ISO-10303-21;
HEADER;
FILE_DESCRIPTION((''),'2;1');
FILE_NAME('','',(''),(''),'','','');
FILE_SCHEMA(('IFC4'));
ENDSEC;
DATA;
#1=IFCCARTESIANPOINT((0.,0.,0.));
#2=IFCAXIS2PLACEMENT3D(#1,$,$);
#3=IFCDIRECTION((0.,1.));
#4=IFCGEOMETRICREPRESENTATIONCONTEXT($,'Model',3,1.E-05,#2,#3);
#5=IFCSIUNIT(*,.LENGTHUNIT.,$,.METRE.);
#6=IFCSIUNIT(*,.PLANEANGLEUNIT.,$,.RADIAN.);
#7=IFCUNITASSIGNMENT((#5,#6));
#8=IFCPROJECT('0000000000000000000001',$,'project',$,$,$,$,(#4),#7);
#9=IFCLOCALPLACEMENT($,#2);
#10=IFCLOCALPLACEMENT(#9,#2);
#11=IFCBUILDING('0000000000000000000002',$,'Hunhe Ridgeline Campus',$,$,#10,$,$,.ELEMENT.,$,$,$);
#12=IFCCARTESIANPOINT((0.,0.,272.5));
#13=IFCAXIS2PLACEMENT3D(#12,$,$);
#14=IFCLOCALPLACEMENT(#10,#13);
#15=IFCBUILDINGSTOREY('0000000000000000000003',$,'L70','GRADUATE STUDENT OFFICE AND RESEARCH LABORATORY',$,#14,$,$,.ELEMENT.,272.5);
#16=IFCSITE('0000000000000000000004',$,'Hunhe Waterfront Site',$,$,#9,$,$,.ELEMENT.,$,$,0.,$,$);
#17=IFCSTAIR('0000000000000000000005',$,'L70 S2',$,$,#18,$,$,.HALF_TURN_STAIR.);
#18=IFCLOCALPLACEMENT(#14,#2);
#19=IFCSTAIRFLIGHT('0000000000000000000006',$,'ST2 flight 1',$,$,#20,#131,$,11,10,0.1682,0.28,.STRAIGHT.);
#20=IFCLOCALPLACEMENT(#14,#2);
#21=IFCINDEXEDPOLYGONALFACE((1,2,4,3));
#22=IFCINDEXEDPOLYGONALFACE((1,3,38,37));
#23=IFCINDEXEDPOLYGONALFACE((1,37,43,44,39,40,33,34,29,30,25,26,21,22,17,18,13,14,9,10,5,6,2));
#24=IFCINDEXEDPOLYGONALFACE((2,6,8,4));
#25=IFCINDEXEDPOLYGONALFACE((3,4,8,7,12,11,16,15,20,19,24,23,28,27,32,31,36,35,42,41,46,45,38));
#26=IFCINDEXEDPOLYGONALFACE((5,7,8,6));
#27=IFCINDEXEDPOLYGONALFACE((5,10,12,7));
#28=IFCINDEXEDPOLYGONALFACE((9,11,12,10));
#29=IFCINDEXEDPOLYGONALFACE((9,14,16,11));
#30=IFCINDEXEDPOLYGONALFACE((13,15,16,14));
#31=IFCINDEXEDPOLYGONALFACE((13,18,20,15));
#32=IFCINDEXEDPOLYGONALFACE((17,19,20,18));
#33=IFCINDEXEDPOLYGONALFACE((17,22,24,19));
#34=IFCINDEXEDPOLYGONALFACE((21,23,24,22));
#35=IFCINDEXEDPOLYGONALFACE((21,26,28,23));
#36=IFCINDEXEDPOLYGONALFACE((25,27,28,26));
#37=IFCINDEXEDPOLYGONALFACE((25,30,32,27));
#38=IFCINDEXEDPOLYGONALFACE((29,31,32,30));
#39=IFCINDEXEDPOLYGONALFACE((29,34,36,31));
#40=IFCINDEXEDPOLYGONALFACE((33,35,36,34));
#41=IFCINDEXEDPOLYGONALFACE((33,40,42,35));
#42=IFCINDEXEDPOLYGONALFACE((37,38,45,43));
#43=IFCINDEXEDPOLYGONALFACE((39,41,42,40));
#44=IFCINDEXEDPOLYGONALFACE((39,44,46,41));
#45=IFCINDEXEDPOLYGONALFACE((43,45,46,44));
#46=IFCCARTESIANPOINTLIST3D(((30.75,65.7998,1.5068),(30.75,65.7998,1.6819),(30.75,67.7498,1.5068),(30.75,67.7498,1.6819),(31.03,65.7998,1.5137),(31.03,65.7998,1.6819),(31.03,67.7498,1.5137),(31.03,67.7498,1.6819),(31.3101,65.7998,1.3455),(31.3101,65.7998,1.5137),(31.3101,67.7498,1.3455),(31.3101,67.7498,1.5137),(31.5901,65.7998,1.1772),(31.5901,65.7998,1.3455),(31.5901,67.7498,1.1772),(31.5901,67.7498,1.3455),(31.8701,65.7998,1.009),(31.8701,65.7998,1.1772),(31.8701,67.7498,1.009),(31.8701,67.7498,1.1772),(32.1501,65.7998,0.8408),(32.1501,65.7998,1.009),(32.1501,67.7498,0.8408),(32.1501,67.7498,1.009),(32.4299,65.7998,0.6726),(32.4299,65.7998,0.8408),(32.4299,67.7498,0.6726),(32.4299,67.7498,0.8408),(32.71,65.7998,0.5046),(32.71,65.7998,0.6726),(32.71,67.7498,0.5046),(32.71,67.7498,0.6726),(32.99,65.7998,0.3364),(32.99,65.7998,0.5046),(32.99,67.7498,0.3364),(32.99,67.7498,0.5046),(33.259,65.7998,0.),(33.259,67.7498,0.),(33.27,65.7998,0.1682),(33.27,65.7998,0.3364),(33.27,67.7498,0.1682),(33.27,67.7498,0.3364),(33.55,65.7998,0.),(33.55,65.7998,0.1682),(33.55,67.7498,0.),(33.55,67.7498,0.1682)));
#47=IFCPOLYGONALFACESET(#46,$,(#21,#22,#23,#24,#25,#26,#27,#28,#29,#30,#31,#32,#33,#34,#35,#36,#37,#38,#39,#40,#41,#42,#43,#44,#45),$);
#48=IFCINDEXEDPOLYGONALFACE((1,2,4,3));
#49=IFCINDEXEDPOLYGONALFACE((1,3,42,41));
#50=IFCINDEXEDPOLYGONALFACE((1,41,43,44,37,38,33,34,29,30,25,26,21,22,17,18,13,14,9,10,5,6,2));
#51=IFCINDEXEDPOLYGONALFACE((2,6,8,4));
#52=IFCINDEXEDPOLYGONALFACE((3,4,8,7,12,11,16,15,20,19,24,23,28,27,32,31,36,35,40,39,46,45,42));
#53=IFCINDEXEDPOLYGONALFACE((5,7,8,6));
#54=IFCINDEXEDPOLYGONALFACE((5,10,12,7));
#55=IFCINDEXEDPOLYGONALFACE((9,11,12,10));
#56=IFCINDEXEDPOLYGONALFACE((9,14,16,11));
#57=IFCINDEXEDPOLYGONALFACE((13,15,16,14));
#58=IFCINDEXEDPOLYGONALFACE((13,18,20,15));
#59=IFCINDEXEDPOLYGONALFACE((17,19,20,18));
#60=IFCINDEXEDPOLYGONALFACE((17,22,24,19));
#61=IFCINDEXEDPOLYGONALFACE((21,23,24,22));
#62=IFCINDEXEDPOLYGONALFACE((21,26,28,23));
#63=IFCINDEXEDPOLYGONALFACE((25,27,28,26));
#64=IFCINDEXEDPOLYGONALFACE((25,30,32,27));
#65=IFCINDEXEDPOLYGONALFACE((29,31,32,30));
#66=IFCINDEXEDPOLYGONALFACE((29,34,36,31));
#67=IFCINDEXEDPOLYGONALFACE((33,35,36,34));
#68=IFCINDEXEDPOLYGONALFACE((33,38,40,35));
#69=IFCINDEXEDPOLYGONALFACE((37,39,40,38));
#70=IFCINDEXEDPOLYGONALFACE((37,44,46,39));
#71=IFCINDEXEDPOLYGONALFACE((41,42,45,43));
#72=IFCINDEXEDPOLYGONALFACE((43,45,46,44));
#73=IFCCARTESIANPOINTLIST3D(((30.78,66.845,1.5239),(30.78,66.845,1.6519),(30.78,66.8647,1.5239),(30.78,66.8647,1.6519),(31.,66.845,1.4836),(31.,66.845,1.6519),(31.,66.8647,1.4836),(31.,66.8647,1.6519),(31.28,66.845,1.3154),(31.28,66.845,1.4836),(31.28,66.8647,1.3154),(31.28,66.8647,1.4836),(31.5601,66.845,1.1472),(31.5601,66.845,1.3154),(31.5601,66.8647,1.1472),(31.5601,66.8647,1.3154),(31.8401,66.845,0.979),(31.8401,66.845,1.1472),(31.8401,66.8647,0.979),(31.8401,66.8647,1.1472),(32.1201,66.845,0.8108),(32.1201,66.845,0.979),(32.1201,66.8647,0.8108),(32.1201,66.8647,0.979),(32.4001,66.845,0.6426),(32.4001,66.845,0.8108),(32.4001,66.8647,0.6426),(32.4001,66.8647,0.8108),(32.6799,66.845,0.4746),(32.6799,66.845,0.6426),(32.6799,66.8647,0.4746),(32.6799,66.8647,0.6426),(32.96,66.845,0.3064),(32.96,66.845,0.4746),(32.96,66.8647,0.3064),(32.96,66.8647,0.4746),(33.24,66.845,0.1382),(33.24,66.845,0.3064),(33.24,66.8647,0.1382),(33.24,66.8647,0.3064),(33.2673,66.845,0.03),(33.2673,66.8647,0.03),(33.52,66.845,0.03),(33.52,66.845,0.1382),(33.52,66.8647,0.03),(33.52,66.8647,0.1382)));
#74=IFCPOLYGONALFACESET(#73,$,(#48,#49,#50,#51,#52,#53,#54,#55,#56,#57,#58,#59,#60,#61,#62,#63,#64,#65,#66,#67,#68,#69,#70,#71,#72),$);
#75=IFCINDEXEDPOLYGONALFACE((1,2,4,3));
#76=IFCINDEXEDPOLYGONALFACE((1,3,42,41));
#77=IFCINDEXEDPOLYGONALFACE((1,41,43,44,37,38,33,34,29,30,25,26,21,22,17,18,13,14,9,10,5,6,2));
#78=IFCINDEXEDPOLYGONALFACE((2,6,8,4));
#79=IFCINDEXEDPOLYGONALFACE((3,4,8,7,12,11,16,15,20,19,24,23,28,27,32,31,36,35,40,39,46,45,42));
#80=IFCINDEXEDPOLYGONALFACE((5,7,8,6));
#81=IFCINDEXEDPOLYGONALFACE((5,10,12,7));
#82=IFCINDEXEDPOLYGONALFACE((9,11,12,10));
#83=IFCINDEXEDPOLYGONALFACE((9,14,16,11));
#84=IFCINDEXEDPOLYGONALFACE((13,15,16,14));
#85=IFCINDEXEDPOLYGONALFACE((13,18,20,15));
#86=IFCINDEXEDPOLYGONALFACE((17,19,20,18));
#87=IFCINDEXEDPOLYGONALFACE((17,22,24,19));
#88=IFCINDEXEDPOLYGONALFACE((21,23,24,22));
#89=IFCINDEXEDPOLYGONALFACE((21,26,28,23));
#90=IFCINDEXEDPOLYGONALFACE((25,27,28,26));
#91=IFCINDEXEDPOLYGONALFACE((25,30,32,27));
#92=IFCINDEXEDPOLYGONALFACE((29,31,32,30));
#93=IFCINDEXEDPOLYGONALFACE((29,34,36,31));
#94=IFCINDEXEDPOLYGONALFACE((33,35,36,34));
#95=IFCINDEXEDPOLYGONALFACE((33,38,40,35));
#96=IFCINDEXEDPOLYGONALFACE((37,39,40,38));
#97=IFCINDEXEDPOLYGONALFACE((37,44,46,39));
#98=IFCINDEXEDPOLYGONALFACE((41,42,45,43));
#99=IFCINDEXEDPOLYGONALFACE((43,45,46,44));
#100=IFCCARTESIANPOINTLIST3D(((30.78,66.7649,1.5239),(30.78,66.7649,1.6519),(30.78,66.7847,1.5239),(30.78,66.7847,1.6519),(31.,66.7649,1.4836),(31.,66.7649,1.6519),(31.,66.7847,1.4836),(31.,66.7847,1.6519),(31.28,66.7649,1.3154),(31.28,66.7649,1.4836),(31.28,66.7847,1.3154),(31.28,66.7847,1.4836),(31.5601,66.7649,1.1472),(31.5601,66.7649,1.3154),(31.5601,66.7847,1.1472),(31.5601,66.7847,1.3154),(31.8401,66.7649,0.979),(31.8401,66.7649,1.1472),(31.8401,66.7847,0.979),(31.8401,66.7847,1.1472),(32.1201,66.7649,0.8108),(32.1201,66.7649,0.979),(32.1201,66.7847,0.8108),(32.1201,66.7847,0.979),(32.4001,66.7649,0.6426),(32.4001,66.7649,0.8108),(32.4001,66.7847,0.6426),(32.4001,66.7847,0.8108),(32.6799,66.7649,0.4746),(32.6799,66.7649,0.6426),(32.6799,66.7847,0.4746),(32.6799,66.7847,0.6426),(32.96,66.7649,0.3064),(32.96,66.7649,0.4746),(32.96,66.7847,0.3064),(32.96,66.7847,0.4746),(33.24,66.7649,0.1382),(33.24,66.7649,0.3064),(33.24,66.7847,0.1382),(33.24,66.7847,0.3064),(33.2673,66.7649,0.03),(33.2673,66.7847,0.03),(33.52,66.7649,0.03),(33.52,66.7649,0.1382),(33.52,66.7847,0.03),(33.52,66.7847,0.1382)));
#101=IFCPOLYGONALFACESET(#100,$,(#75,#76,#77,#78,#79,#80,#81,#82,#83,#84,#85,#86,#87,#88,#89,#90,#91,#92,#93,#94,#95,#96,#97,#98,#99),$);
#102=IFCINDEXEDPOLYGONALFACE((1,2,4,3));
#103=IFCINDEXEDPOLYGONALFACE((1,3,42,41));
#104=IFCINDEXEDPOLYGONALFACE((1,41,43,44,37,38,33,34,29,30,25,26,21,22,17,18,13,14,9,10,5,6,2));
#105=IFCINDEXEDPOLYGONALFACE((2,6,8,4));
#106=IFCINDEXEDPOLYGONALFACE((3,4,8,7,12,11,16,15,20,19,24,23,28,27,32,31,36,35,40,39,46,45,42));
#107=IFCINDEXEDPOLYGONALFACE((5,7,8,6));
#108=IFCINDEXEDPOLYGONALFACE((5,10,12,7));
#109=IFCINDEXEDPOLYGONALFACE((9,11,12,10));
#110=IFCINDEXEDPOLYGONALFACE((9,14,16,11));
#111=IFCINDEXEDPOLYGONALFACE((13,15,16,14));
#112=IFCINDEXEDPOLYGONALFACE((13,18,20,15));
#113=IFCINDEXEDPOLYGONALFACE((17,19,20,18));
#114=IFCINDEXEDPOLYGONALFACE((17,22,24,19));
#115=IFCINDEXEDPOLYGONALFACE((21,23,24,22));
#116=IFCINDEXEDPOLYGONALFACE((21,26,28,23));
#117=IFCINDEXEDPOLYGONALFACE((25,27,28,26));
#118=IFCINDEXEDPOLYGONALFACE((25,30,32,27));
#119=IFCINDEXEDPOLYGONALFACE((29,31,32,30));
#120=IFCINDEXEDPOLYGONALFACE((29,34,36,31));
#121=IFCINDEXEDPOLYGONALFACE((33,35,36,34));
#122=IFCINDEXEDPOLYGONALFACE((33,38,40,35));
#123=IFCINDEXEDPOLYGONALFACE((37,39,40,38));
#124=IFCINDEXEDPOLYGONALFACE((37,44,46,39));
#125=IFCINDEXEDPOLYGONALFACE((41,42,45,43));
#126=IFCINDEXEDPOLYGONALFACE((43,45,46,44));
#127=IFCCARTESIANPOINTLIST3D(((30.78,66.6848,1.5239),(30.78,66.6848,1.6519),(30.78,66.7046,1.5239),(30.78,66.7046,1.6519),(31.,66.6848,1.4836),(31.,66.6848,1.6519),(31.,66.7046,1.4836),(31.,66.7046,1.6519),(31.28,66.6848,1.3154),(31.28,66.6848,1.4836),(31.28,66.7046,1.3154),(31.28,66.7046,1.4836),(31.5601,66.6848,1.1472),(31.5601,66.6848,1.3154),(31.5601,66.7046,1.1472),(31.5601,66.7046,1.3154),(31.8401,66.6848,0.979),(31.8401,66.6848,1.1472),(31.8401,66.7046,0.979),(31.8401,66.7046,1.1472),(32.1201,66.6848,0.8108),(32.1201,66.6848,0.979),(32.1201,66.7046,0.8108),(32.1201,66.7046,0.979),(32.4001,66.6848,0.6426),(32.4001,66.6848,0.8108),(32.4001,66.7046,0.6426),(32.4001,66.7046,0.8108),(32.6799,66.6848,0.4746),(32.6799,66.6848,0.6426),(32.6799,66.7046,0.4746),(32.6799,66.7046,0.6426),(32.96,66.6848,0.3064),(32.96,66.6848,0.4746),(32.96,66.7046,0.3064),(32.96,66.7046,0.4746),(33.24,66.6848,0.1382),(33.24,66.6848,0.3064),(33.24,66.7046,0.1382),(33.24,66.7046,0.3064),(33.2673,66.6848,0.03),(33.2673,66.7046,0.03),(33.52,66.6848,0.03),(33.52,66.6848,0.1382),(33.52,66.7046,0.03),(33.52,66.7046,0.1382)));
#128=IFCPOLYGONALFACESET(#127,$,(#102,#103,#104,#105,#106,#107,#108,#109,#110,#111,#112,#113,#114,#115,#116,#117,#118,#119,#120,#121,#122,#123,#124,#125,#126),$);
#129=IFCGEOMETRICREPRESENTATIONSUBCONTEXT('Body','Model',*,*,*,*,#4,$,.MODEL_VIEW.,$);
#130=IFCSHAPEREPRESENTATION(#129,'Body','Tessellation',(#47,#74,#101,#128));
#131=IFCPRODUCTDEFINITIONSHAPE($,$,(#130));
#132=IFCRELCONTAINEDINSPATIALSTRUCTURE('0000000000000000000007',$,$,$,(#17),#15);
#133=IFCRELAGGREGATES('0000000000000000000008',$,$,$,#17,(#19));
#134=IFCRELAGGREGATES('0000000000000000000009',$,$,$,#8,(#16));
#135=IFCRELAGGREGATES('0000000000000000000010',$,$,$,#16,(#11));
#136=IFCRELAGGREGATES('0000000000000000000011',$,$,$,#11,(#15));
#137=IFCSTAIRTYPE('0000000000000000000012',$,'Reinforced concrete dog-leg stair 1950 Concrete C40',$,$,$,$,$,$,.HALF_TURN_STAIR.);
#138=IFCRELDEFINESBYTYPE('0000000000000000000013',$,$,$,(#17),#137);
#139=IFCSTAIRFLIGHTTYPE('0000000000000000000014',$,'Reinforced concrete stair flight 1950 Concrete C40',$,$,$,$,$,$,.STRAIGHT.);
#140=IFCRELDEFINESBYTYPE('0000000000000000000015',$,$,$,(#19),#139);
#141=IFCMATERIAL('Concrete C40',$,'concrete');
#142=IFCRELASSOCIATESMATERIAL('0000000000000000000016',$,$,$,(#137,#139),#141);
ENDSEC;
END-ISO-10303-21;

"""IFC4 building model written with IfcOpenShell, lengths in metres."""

from ifc_helpers import new_model, si_unit, direction, frame, origin, place, context, subcontext, project, spatial, polyline, outline, extrude, material, type_object, element, aggregate, save


model = new_model("IFC4")

# Units and contexts
model_context = context("Model", 3, precision=1e-05, world=origin(), true_north=direction((0.0, 1.0)))
body_context = subcontext(model_context, "Body", "Model", "MODEL_VIEW")
ifc_project = project(units=[si_unit("LENGTHUNIT", "METRE"), si_unit("PLANEANGLEUNIT", "RADIAN")], contexts=[model_context])

# Site, building, storey
site_placement = place(None, origin())
site = spatial("IfcSite", under=ifc_project, at=site_placement, Name="Hunhe Waterfront Site", CompositionType="ELEMENT", RefElevation=0.0)
building_placement = place(site_placement, origin())
building = spatial("IfcBuilding", under=site, at=building_placement, Name="Hunhe Ridgeline Campus", CompositionType="ELEMENT")
storey_placement = place(building_placement, frame((0.0, 0.0, 272.5)))
storey = spatial("IfcBuildingStorey", under=building, at=storey_placement, Name="L70", Description="GRADUATE STUDENT OFFICE AND RESEARCH LABORATORY", CompositionType="ELEMENT", Elevation=272.5)

# Stair, stair flight
ifc_material_1 = material(Name="Concrete C40", Category="concrete")
stair_type = type_object("IfcStairType", Name="Reinforced concrete dog-leg stair 1950 Concrete C40", PredefinedType="HALF_TURN_STAIR", material=ifc_material_1)
stair_placement = place(storey_placement, origin())
stair = element("IfcStair", 1, at=stair_placement, inside=storey, type_object=stair_type, Name="L70 S2", PredefinedType="HALF_TURN_STAIR")
stair_flight_type = type_object("IfcStairFlightType", Name="Reinforced concrete stair flight 1950 Concrete C40", PredefinedType="STRAIGHT", material=ifc_material_1)
stair_flight_1_placement = place(storey_placement, frame((33.55, 66.7749, 0.0), z_axis=(0.0, 0.0, 1.0), x_axis=(-1.0, 0.0, 0.0)))
stair_flight_1 = element("IfcStairFlight", 2, at=stair_flight_1_placement, type_object=stair_flight_type, Name="ST2 flight 1", NumberOfRisers=11, NumberOfTreads=10, PredefinedType="STRAIGHT", RiserHeight=0.1682, TreadLength=0.28, context=body_context, shape_type="SweptSolid", body=[
    extrude(outline(polyline([(0.0, 0.0), (0.0, 0.1682), (0.28, 0.1682), (0.28, 0.3364), (0.5601, 0.3364), (0.5601, 0.5046), (0.8401, 0.5046), (0.8401, 0.6726), (1.1201, 0.6726), (1.1201, 0.8408), (1.3999, 0.8408), (1.3999, 1.009), (1.6799, 1.009), (1.6799, 1.1772), (1.96, 1.1772), (1.96, 1.3455), (2.24, 1.3455), (2.24, 1.5137), (2.52, 1.5137), (2.52, 1.6819), (2.8, 1.6819), (2.8, 1.8501), (2.8, 1.5068), (0.291, 0.0), (0.0, 0.0)])), frame((0.0, 0.9751, 0.0), z_axis=(0.0, -1.0, 0.0), x_axis=(1.0, 0.0, 0.0)), (0.0, 0.0, 1.0), 1.95),
    extrude(outline(polyline([(0.03, 0.03), (0.03, 0.1382), (0.3101, 0.1382), (0.3101, 0.3064), (0.5901, 0.3064), (0.5901, 0.4746), (0.8701, 0.4746), (0.8701, 0.6426), (1.1499, 0.6426), (1.1499, 0.8108), (1.4299, 0.8108), (1.4299, 0.979), (1.71, 0.979), (1.71, 1.1472), (1.99, 1.1472), (1.99, 1.3154), (2.27, 1.3154), (2.27, 1.4836), (2.55, 1.4836), (2.55, 1.6519), (2.77, 1.6519), (2.77, 1.5239), (0.2827, 0.03), (0.03, 0.03)])), frame((0.0, -0.0701, 0.0), z_axis=(0.0, -1.0, 0.0), x_axis=(1.0, 0.0, 0.0)), (0.0, 0.0, 1.0), 0.0198),
    extrude(outline(polyline([(0.03, 0.03), (0.03, 0.1382), (0.3101, 0.1382), (0.3101, 0.3064), (0.5901, 0.3064), (0.5901, 0.4746), (0.8701, 0.4746), (0.8701, 0.6426), (1.1499, 0.6426), (1.1499, 0.8108), (1.4299, 0.8108), (1.4299, 0.979), (1.71, 0.979), (1.71, 1.1472), (1.99, 1.1472), (1.99, 1.3154), (2.27, 1.3154), (2.27, 1.4836), (2.55, 1.4836), (2.55, 1.6519), (2.77, 1.6519), (2.77, 1.5239), (0.2827, 0.03), (0.03, 0.03)])), frame((0.0, 0.01, 0.0), z_axis=(0.0, -1.0, 0.0), x_axis=(1.0, 0.0, 0.0)), (0.0, 0.0, 1.0), 0.0198),
    extrude(outline(polyline([(0.03, 0.03), (0.03, 0.1382), (0.3101, 0.1382), (0.3101, 0.3064), (0.5901, 0.3064), (0.5901, 0.4746), (0.8701, 0.4746), (0.8701, 0.6426), (1.1499, 0.6426), (1.1499, 0.8108), (1.4299, 0.8108), (1.4299, 0.979), (1.71, 0.979), (1.71, 1.1472), (1.99, 1.1472), (1.99, 1.3154), (2.27, 1.3154), (2.27, 1.4836), (2.55, 1.4836), (2.55, 1.6519), (2.77, 1.6519), (2.77, 1.5239), (0.2827, 0.03), (0.03, 0.03)])), frame((0.0, 0.0901, 0.0), z_axis=(0.0, -1.0, 0.0), x_axis=(1.0, 0.0, 0.0)), (0.0, 0.0, 1.0), 0.0198),
])
aggregate(stair, [stair_flight_1])

save(model, "model.ifc")
